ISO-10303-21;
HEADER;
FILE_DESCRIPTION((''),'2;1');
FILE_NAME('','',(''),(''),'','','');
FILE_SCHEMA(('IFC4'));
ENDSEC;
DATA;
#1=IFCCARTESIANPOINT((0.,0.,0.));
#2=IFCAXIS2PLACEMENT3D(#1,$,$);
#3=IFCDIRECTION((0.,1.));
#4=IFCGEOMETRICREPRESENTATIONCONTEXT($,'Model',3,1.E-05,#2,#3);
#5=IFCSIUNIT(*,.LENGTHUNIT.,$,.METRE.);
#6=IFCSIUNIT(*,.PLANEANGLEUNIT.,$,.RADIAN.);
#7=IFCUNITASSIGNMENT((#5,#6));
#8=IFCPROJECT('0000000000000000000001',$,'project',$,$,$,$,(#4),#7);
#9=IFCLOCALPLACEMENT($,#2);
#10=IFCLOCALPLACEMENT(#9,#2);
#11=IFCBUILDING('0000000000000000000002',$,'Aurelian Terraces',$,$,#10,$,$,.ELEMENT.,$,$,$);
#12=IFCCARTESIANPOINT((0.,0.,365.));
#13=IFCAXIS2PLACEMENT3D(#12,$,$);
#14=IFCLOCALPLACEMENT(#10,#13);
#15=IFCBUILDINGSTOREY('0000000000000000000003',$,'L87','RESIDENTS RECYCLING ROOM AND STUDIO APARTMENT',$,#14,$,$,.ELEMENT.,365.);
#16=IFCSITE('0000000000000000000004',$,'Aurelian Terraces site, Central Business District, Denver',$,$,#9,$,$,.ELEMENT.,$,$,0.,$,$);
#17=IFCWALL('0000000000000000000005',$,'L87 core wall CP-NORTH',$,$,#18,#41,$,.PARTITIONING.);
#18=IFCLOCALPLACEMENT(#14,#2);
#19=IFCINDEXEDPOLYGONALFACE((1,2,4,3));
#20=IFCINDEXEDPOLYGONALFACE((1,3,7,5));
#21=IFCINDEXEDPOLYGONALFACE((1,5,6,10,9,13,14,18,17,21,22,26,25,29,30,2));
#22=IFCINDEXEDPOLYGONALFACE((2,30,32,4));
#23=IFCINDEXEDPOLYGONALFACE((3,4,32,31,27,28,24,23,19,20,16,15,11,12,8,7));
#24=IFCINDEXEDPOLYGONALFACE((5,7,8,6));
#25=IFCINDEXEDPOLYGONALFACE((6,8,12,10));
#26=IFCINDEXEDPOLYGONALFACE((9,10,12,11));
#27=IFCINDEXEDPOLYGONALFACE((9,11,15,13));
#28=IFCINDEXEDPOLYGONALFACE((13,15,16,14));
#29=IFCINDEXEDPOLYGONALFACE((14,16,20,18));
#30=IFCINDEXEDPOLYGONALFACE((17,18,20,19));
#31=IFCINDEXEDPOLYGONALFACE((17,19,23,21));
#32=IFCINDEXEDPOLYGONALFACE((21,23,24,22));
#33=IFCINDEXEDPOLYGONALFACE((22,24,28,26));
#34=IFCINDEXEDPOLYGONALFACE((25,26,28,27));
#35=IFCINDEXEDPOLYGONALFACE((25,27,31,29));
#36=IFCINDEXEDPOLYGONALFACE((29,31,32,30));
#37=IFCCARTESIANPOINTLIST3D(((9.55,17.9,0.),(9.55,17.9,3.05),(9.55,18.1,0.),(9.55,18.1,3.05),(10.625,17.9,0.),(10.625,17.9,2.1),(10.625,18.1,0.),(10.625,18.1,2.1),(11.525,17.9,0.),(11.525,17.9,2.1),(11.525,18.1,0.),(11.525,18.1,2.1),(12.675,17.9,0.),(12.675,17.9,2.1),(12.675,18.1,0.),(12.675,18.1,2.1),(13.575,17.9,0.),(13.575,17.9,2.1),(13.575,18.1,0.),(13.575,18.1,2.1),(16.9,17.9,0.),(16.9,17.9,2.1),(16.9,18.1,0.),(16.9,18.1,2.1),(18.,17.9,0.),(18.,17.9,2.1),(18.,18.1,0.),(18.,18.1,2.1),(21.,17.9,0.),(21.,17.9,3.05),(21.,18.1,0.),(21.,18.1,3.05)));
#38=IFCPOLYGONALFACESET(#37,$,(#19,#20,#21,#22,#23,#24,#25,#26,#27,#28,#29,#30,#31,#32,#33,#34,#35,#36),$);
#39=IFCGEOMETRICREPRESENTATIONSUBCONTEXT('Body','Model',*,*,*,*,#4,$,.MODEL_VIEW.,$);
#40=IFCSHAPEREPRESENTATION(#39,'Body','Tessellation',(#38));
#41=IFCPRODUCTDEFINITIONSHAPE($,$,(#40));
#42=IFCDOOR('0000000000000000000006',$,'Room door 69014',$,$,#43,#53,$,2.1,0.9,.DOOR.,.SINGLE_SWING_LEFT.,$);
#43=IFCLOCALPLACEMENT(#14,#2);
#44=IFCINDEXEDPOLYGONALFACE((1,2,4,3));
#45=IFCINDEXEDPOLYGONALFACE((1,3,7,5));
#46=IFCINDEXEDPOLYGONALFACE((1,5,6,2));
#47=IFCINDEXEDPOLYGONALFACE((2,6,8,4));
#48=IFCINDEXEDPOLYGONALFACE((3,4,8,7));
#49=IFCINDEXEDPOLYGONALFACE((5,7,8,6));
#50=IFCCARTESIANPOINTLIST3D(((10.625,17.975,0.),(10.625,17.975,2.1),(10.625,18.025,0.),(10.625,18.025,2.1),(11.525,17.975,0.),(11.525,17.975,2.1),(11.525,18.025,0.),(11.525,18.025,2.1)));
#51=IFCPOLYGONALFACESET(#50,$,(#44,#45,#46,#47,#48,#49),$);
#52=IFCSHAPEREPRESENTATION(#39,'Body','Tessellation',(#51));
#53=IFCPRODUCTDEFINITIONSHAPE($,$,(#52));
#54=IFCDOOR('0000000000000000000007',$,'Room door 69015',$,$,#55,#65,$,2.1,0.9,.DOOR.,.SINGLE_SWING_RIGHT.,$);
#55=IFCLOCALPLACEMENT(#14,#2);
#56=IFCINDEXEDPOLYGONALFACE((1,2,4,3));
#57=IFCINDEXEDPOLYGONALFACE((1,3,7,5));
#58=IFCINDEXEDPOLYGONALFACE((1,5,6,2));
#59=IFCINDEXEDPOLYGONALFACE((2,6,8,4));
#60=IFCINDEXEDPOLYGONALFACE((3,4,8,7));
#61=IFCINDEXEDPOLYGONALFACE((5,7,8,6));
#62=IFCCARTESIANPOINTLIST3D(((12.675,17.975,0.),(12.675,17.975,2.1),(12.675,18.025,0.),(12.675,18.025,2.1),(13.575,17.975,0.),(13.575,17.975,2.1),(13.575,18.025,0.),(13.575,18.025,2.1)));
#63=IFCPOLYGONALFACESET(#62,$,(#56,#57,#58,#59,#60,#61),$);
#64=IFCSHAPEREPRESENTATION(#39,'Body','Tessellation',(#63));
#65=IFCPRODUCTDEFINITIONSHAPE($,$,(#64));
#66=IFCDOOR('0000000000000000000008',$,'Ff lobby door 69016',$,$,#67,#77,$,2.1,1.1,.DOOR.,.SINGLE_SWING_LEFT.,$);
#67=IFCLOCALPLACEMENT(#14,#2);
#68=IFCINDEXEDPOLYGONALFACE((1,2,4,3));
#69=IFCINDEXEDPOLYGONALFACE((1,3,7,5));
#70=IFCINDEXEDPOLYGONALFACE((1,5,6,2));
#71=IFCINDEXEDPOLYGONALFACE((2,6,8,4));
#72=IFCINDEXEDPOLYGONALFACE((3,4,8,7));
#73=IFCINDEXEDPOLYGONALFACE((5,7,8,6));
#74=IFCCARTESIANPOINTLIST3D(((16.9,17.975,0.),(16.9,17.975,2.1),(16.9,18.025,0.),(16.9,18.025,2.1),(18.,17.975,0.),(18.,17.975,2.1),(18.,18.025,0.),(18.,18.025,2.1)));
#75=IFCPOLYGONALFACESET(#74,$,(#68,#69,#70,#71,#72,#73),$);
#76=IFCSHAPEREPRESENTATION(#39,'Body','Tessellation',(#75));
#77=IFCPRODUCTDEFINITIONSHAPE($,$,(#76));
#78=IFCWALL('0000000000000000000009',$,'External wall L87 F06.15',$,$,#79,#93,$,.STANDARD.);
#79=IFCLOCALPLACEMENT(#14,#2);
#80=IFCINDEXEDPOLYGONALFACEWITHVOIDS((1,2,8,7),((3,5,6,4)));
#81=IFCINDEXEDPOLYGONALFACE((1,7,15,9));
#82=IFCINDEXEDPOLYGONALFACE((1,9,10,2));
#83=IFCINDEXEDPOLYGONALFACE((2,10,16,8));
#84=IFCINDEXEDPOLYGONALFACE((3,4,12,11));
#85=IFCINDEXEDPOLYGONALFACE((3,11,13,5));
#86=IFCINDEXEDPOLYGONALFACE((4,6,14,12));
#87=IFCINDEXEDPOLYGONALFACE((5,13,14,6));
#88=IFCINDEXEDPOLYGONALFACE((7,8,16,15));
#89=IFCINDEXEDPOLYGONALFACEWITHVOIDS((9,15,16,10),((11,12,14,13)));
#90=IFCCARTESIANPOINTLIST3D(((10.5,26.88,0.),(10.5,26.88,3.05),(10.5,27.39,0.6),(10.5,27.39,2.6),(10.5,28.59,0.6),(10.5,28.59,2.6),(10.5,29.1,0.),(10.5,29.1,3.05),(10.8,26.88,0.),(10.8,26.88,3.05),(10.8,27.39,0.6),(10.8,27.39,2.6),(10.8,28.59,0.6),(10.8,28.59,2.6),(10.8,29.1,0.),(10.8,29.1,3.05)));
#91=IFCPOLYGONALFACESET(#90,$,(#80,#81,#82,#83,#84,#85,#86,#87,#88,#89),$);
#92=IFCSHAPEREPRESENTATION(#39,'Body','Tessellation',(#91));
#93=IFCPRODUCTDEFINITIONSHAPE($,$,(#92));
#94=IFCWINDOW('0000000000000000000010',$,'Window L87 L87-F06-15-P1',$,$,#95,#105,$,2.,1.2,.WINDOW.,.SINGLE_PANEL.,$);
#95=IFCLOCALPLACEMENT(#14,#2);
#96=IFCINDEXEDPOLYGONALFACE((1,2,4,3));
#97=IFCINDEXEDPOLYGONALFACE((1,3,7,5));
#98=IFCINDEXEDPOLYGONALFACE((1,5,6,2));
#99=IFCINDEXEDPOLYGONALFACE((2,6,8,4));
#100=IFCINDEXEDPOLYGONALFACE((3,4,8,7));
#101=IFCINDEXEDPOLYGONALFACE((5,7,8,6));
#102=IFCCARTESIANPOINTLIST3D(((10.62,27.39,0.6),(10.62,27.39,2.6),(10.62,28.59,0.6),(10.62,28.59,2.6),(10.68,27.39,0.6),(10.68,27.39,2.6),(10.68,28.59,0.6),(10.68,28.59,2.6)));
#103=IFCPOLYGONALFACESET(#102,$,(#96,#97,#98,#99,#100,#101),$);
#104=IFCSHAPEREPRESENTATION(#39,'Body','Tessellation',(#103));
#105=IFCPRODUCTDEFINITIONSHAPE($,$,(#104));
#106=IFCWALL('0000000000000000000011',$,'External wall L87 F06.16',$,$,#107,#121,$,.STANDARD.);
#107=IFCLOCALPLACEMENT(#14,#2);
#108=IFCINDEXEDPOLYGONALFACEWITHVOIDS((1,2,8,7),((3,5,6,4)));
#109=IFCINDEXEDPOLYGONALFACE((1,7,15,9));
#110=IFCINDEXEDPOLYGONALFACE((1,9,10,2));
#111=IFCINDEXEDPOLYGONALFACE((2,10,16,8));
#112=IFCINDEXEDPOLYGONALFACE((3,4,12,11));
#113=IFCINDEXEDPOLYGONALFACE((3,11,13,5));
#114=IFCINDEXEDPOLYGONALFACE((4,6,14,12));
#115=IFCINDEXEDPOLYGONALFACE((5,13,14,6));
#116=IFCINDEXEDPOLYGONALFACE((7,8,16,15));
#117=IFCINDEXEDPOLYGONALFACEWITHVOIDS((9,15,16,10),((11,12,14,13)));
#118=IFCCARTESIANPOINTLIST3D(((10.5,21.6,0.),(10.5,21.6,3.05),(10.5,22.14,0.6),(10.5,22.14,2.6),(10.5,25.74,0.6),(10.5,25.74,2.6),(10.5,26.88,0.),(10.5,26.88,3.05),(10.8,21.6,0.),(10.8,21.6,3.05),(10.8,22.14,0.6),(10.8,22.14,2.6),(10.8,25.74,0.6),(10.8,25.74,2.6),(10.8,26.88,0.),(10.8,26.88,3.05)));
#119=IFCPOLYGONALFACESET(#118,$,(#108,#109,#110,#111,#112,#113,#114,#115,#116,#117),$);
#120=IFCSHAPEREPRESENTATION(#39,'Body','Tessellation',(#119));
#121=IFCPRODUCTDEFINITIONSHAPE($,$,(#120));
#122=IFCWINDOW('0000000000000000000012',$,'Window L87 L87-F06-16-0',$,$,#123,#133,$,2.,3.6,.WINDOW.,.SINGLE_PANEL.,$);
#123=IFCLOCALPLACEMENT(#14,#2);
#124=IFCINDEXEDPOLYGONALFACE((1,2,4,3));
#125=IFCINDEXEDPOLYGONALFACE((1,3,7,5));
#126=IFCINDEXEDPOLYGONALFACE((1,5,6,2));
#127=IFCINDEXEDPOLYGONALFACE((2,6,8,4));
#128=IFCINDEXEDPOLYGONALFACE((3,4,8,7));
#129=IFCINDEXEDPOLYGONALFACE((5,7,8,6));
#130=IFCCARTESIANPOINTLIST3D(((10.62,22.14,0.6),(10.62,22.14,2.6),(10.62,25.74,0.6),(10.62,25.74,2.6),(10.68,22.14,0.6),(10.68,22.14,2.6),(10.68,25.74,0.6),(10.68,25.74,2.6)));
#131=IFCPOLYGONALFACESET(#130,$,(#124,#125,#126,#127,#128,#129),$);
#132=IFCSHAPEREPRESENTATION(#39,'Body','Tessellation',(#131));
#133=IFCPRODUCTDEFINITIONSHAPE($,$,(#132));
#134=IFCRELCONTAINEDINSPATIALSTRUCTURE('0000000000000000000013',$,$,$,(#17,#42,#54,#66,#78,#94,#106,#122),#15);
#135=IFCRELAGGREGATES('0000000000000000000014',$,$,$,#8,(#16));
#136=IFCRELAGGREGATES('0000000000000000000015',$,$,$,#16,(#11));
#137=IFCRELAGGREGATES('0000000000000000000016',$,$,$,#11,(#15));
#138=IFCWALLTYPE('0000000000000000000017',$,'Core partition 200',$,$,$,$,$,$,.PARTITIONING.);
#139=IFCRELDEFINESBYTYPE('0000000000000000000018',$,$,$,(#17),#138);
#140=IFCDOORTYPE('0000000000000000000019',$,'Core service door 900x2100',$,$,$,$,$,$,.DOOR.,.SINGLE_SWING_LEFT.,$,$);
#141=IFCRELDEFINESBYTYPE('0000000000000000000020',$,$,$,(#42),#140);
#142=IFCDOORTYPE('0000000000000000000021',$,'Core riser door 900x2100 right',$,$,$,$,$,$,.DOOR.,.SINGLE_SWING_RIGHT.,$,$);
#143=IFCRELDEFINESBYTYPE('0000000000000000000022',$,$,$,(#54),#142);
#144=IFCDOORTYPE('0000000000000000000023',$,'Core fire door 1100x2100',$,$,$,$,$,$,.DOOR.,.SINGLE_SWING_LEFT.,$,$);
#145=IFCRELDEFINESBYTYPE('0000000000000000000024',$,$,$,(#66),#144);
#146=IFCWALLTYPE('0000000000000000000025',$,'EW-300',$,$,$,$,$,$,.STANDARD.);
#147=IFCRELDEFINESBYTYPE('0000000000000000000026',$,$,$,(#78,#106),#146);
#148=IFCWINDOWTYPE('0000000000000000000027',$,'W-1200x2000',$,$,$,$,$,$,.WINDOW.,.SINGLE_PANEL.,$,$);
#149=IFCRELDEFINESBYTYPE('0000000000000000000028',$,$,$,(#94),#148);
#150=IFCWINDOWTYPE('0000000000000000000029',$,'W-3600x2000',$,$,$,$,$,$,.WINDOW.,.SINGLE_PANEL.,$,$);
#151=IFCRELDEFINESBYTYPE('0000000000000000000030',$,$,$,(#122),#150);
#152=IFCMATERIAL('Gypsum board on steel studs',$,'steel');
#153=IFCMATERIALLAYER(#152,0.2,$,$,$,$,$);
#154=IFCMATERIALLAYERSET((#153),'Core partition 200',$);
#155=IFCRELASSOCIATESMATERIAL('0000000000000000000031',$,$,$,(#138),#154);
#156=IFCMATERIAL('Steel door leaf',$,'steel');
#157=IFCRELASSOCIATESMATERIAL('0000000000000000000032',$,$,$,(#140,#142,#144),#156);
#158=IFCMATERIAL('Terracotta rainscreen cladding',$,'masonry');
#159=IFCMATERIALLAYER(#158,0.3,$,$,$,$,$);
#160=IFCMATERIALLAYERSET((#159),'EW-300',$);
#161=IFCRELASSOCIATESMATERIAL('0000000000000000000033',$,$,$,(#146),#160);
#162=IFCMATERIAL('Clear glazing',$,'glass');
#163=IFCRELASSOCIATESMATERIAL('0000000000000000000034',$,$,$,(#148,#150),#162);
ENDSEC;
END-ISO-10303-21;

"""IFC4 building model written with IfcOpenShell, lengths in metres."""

from ifc_helpers import new_model, si_unit, direction, frame, frame_2d, origin, place, context, subcontext, project, spatial, rectangle, extrude, source, transform, mapped, material, layer, layer_set, type_object, element, fill, save


model = new_model("IFC4")

# Units and contexts
model_context = context("Model", 3, precision=1e-05, world=origin(), true_north=direction((0.0, 1.0)))
body_context = subcontext(model_context, "Body", "Model", "MODEL_VIEW")
ifc_project = project(units=[si_unit("LENGTHUNIT", "METRE"), si_unit("PLANEANGLEUNIT", "RADIAN")], contexts=[model_context])

# Site, building, storey
site_placement = place(None, origin())
site = spatial("IfcSite", under=ifc_project, at=site_placement, Name="Aurelian Terraces site, Central Business District, Denver", CompositionType="ELEMENT", RefElevation=0.0)
building_placement = place(site_placement, origin())
building = spatial("IfcBuilding", under=site, at=building_placement, Name="Aurelian Terraces", CompositionType="ELEMENT")
storey_placement = place(building_placement, frame((0.0, 0.0, 365.0)))
storey = spatial("IfcBuildingStorey", under=building, at=storey_placement, Name="L87", Description="RESIDENTS RECYCLING ROOM AND STUDIO APARTMENT", CompositionType="ELEMENT", Elevation=365.0)

# Wall, openings, doors
ifc_material_1 = material(Name="Gypsum board on steel studs", Category="steel")
ifc_layer_1 = layer(ifc_material_1, 0.2)
ifc_layer_set_1 = layer_set([ifc_layer_1], Name="Core partition 200")
wall_type_1 = type_object("IfcWallType", Name="Core partition 200", PredefinedType="PARTITIONING", material=ifc_layer_set_1)
wall_1_placement = place(storey_placement, frame((9.55, 18.0, 0.0), z_axis=(0.0, 0.0, 1.0), x_axis=(1.0, 0.0, 0.0)))
wall_1 = element("IfcWall", 1, at=wall_1_placement, inside=storey, type_object=wall_type_1, Name="L87 core wall CP-NORTH", PredefinedType="PARTITIONING", context=body_context, shape_type="SweptSolid", body=[
    extrude(rectangle(XDim=11.45, YDim=0.2, at=frame_2d((5.725, 0.0))), origin(), (0.0, 0.0, 1.0), 3.05),
])
shared_shape_1 = source(origin(), body_context, "Body", "SweptSolid", [
    extrude(rectangle(XDim=0.9, YDim=2.1, at=frame_2d((0.45, 1.05))), frame((0.0, 0.11, 0.0), z_axis=(0.0, -1.0, 0.0), x_axis=(1.0, 0.0, 0.0)), (0.0, 0.0, 1.0), 0.22),
])
opening_1_placement = place(wall_1_placement, frame((1.075, 0.0, 0.0)))
opening_1 = element("IfcOpeningElement", 2, at=opening_1_placement, cuts=wall_1, PredefinedType="OPENING", context=body_context, shape_type="MappedRepresentation", body=[
    mapped(shared_shape_1, transform((0.0, 0.0, 0.0), scale=1.0)),
])
opening_2_placement = place(wall_1_placement, frame((3.125, 0.0, 0.0)))
opening_2 = element("IfcOpeningElement", 3, at=opening_2_placement, cuts=wall_1, PredefinedType="OPENING", context=body_context, shape_type="MappedRepresentation", body=[
    mapped(shared_shape_1, transform((0.0, 0.0, 0.0), scale=1.0)),
])
shared_shape_2 = source(origin(), body_context, "Body", "SweptSolid", [
    extrude(rectangle(XDim=1.1, YDim=2.1, at=frame_2d((0.55, 1.05))), frame((0.0, 0.11, 0.0), z_axis=(0.0, -1.0, 0.0), x_axis=(1.0, 0.0, 0.0)), (0.0, 0.0, 1.0), 0.22),
])
opening_3_placement = place(wall_1_placement, frame((7.35, 0.0, 0.0)))
opening_3 = element("IfcOpeningElement", 4, at=opening_3_placement, cuts=wall_1, PredefinedType="OPENING", context=body_context, shape_type="MappedRepresentation", body=[
    mapped(shared_shape_2, transform((0.0, 0.0, 0.0), scale=1.0)),
])
ifc_material_2 = material(Name="Steel door leaf", Category="steel")
door_type_1 = type_object("IfcDoorType", Name="Core service door 900x2100", OperationType="SINGLE_SWING_LEFT", PredefinedType="DOOR", material=ifc_material_2)
shared_shape_3 = source(origin(), body_context, "Body", "SweptSolid", [
    extrude(rectangle(XDim=0.9, YDim=2.1, at=frame_2d((0.45, 1.05))), frame((0.0, 0.025, 0.0), z_axis=(0.0, -1.0, 0.0), x_axis=(1.0, 0.0, 0.0)), (0.0, 0.0, 1.0), 0.05),
])
door_1_placement = place(opening_1_placement, origin())
door_1 = element("IfcDoor", 5, at=door_1_placement, inside=storey, type_object=door_type_1, Name="Room door 69014", OperationType="SINGLE_SWING_LEFT", OverallHeight=2.1, OverallWidth=0.9, PredefinedType="DOOR", context=body_context, shape_type="MappedRepresentation", body=[
    mapped(shared_shape_3, transform((0.0, 0.0, 0.0), scale=1.0)),
])
fill(opening_1, door_1)
door_type_2 = type_object("IfcDoorType", Name="Core riser door 900x2100 right", OperationType="SINGLE_SWING_RIGHT", PredefinedType="DOOR", material=ifc_material_2)
door_2_placement = place(opening_2_placement, origin())
door_2 = element("IfcDoor", 6, at=door_2_placement, inside=storey, type_object=door_type_2, Name="Room door 69015", OperationType="SINGLE_SWING_RIGHT", OverallHeight=2.1, OverallWidth=0.9, PredefinedType="DOOR", context=body_context, shape_type="MappedRepresentation", body=[
    mapped(shared_shape_3, transform((0.0, 0.0, 0.0), scale=1.0)),
])
fill(opening_2, door_2)
door_type_3 = type_object("IfcDoorType", Name="Core fire door 1100x2100", OperationType="SINGLE_SWING_LEFT", PredefinedType="DOOR", material=ifc_material_2)
shared_shape_4 = source(origin(), body_context, "Body", "SweptSolid", [
    extrude(rectangle(XDim=1.1, YDim=2.1, at=frame_2d((0.55, 1.05))), frame((0.0, 0.025, 0.0), z_axis=(0.0, -1.0, 0.0), x_axis=(1.0, 0.0, 0.0)), (0.0, 0.0, 1.0), 0.05),
])
door_3_placement = place(opening_3_placement, origin())
door_3 = element("IfcDoor", 7, at=door_3_placement, inside=storey, type_object=door_type_3, Name="Ff lobby door 69016", OperationType="SINGLE_SWING_LEFT", OverallHeight=2.1, OverallWidth=1.1, PredefinedType="DOOR", context=body_context, shape_type="MappedRepresentation", body=[
    mapped(shared_shape_4, transform((0.0, 0.0, 0.0), scale=1.0)),
])
fill(opening_3, door_3)

# Walls, openings, windows
ifc_material_3 = material(Name="Terracotta rainscreen cladding", Category="masonry")
ifc_layer_2 = layer(ifc_material_3, 0.3)
ifc_layer_set_2 = layer_set([ifc_layer_2], Name="EW-300")
wall_type_2 = type_object("IfcWallType", Name="EW-300", PredefinedType="STANDARD", material=ifc_layer_set_2)
wall_2_placement = place(storey_placement, frame((10.65, 29.1, 0.0), z_axis=(0.0, 0.0, 1.0), x_axis=(0.0, -1.0, 0.0)))
wall_2 = element("IfcWall", 8, at=wall_2_placement, inside=storey, type_object=wall_type_2, Name="External wall L87 F06.15", PredefinedType="STANDARD", context=body_context, shape_type="SweptSolid", body=[
    extrude(rectangle(XDim=2.22, YDim=0.3, at=frame_2d((1.11, 0.0))), origin(), (0.0, 0.0, 1.0), 3.05),
])
shared_shape_5 = source(origin(), body_context, "Body", "SweptSolid", [
    extrude(rectangle(XDim=1.2, YDim=2.0, at=frame_2d((0.6, 1.0))), frame((0.0, 0.16, 0.0), z_axis=(0.0, -1.0, 0.0), x_axis=(1.0, 0.0, 0.0)), (0.0, 0.0, 1.0), 0.32),
])
opening_4_placement = place(wall_2_placement, frame((0.51, 0.0, 0.6)))
opening_4 = element("IfcOpeningElement", 9, at=opening_4_placement, cuts=wall_2, PredefinedType="OPENING", context=body_context, shape_type="MappedRepresentation", body=[
    mapped(shared_shape_5, transform((0.0, 0.0, 0.0), scale=1.0)),
])
ifc_material_4 = material(Name="Clear glazing", Category="glass")
window_type_1 = type_object("IfcWindowType", Name="W-1200x2000", PartitioningType="SINGLE_PANEL", PredefinedType="WINDOW", material=ifc_material_4)
shared_shape_6 = source(origin(), body_context, "Body", "SweptSolid", [
    extrude(rectangle(XDim=1.2, YDim=2.0, at=frame_2d((0.6, 1.0))), frame((0.0, 0.03, 0.0), z_axis=(0.0, -1.0, 0.0), x_axis=(1.0, 0.0, 0.0)), (0.0, 0.0, 1.0), 0.06),
])
window_1_placement = place(opening_4_placement, origin())
window_1 = element("IfcWindow", 10, at=window_1_placement, inside=storey, type_object=window_type_1, Name="Window L87 L87-F06-15-P1", OverallHeight=2.0, OverallWidth=1.2, PartitioningType="SINGLE_PANEL", PredefinedType="WINDOW", context=body_context, shape_type="MappedRepresentation", body=[
    mapped(shared_shape_6, transform((0.0, 0.0, 0.0), scale=1.0)),
])
fill(opening_4, window_1)
wall_3_placement = place(storey_placement, frame((10.65, 26.88, 0.0), z_axis=(0.0, 0.0, 1.0), x_axis=(0.0, -1.0, 0.0)))
wall_3 = element("IfcWall", 11, at=wall_3_placement, inside=storey, type_object=wall_type_2, Name="External wall L87 F06.16", PredefinedType="STANDARD", context=body_context, shape_type="SweptSolid", body=[
    extrude(rectangle(XDim=5.28, YDim=0.3, at=frame_2d((2.64, 0.0))), origin(), (0.0, 0.0, 1.0), 3.05),
])
shared_shape_7 = source(origin(), body_context, "Body", "SweptSolid", [
    extrude(rectangle(XDim=3.6, YDim=2.0, at=frame_2d((1.8, 1.0))), frame((0.0, 0.16, 0.0), z_axis=(0.0, -1.0, 0.0), x_axis=(1.0, 0.0, 0.0)), (0.0, 0.0, 1.0), 0.32),
])
opening_5_placement = place(wall_3_placement, frame((1.14, 0.0, 0.6)))
opening_5 = element("IfcOpeningElement", 12, at=opening_5_placement, cuts=wall_3, PredefinedType="OPENING", context=body_context, shape_type="MappedRepresentation", body=[
    mapped(shared_shape_7, transform((0.0, 0.0, 0.0), scale=1.0)),
])
window_type_2 = type_object("IfcWindowType", Name="W-3600x2000", PartitioningType="SINGLE_PANEL", PredefinedType="WINDOW", material=ifc_material_4)
shared_shape_8 = source(origin(), body_context, "Body", "SweptSolid", [
    extrude(rectangle(XDim=3.6, YDim=2.0, at=frame_2d((1.8, 1.0))), frame((0.0, 0.03, 0.0), z_axis=(0.0, -1.0, 0.0), x_axis=(1.0, 0.0, 0.0)), (0.0, 0.0, 1.0), 0.06),
])
window_2_placement = place(opening_5_placement, origin())
window_2 = element("IfcWindow", 13, at=window_2_placement, inside=storey, type_object=window_type_2, Name="Window L87 L87-F06-16-0", OverallHeight=2.0, OverallWidth=3.6, PartitioningType="SINGLE_PANEL", PredefinedType="WINDOW", context=body_context, shape_type="MappedRepresentation", body=[
    mapped(shared_shape_8, transform((0.0, 0.0, 0.0), scale=1.0)),
])
fill(opening_5, window_2)

save(model, "model.ifc")
